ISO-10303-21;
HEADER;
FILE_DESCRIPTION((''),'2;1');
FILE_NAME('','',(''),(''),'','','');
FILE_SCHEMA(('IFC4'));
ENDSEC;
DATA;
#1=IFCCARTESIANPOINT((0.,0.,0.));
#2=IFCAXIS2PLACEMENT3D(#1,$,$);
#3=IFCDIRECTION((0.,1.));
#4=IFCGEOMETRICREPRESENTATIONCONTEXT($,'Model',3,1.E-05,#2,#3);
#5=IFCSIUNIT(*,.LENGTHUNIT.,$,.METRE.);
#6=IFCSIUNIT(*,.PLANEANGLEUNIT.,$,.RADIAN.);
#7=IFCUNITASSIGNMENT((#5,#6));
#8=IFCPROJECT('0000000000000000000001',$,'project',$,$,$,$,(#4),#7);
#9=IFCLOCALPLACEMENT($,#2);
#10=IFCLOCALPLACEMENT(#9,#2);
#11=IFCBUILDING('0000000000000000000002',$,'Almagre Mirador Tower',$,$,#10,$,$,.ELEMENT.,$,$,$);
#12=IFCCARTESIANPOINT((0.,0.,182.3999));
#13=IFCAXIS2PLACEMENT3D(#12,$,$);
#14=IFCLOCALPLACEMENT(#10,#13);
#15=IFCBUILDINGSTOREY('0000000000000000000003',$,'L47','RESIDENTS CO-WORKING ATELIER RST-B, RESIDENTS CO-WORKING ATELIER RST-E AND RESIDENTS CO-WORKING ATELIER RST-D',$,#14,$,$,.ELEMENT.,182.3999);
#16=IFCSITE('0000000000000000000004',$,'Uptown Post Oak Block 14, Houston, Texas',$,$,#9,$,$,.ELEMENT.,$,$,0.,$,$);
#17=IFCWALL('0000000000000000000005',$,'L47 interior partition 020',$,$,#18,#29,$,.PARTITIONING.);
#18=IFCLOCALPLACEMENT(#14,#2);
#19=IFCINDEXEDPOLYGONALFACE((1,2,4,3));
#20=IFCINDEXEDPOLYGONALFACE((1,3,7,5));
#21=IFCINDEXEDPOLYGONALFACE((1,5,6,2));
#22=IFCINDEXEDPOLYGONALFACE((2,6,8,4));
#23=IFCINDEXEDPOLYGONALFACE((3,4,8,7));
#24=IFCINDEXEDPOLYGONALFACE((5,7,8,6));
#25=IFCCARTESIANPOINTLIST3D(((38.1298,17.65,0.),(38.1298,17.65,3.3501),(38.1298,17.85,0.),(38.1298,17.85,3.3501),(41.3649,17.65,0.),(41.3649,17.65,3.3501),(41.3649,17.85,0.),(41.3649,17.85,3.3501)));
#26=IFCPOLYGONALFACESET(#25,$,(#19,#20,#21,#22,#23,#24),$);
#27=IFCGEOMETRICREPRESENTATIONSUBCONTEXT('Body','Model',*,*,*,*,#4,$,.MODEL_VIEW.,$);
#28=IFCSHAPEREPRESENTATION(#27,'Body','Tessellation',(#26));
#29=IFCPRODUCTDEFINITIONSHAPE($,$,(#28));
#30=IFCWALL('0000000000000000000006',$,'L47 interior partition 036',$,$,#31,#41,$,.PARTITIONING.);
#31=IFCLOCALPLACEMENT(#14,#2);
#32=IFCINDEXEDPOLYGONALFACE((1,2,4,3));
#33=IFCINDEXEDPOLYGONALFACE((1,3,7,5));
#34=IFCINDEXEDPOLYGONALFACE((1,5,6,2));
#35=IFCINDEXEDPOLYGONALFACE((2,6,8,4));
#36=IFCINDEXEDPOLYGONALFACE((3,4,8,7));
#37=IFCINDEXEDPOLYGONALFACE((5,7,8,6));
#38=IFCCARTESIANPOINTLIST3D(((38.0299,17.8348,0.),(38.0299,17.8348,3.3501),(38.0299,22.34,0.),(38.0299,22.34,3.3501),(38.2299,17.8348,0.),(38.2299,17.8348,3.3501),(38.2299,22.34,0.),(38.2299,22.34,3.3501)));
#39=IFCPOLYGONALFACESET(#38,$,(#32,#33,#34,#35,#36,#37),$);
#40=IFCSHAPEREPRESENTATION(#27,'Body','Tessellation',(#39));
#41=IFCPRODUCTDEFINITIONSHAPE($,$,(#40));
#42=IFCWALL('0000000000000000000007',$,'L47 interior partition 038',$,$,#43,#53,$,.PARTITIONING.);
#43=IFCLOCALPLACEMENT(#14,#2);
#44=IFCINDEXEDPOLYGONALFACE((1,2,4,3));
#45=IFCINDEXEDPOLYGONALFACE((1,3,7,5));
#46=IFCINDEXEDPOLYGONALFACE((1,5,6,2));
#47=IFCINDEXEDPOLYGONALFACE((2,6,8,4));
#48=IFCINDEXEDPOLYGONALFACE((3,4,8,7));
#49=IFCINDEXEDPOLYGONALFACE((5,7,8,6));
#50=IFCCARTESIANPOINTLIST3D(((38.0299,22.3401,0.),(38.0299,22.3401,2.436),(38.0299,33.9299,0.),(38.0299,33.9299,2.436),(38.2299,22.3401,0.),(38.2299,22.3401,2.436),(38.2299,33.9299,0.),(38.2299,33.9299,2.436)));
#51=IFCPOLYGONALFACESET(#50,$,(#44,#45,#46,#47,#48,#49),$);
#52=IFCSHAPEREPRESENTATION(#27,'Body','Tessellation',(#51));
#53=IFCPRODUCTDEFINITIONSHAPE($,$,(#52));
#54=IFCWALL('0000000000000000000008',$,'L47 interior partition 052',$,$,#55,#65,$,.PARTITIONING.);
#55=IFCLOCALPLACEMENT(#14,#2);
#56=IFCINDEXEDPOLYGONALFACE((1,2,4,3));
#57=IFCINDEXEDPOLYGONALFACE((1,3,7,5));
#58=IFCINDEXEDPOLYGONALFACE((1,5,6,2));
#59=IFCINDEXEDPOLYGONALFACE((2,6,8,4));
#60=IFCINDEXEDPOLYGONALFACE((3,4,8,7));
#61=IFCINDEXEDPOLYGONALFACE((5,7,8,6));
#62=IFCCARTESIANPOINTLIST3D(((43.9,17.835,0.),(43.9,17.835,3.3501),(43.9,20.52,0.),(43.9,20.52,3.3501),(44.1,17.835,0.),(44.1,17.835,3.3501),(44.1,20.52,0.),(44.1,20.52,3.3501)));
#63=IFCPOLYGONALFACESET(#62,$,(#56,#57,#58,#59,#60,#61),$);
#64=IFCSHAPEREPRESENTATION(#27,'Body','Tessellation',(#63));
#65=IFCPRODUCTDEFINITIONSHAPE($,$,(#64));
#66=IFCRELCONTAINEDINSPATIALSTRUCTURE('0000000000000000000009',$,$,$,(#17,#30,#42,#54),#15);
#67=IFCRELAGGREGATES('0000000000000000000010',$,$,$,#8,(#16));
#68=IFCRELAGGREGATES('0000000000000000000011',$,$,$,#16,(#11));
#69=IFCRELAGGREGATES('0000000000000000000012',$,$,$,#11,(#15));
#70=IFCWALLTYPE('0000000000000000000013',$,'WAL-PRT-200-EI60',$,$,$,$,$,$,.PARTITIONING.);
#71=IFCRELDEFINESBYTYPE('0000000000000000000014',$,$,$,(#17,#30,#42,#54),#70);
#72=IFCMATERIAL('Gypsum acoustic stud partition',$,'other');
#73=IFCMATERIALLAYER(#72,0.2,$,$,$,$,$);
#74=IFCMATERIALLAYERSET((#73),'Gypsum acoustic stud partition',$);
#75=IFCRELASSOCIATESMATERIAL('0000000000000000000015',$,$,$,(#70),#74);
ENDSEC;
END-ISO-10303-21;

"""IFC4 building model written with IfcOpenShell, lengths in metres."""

from ifc_helpers import new_model, si_unit, direction, frame, frame_2d, origin, place, context, subcontext, project, spatial, rectangle, extrude, material, layer, layer_set, type_object, element, save


model = new_model("IFC4")

# Units and contexts
model_context = context("Model", 3, precision=1e-05, world=origin(), true_north=direction((0.0, 1.0)))
body_context = subcontext(model_context, "Body", "Model", "MODEL_VIEW")
ifc_project = project(units=[si_unit("LENGTHUNIT", "METRE"), si_unit("PLANEANGLEUNIT", "RADIAN")], contexts=[model_context])

# Site, building, storey
site_placement = place(None, origin())
site = spatial("IfcSite", under=ifc_project, at=site_placement, Name="Uptown Post Oak Block 14, Houston, Texas", CompositionType="ELEMENT", RefElevation=0.0)
building_placement = place(site_placement, origin())
building = spatial("IfcBuilding", under=site, at=building_placement, Name="Almagre Mirador Tower", CompositionType="ELEMENT")
storey_placement = place(building_placement, frame((0.0, 0.0, 182.3999)))
storey = spatial("IfcBuildingStorey", under=building, at=storey_placement, Name="L47", Description="RESIDENTS CO-WORKING ATELIER RST-B, RESIDENTS CO-WORKING ATELIER RST-E AND RESIDENTS CO-WORKING ATELIER RST-D", CompositionType="ELEMENT", Elevation=182.3999)

# Shared definitions
ifc_material_1 = material(Name="Gypsum acoustic stud partition", Category="other")
ifc_layer_1 = layer(ifc_material_1, 0.2)
ifc_layer_set_1 = layer_set([ifc_layer_1], Name="Gypsum acoustic stud partition")
wall_type_1 = type_object("IfcWallType", Name="WAL-PRT-200-EI60", PredefinedType="PARTITIONING", material=ifc_layer_set_1)

# Walls
wall_1_placement = place(storey_placement, frame((41.365, 17.75, 0.0), z_axis=(0.0, 0.0, 1.0), x_axis=(-1.0, 0.0, 0.0)))
element("IfcWall", 1, at=wall_1_placement, inside=storey, type_object=wall_type_1, Name="L47 interior partition 020", PredefinedType="PARTITIONING", context=body_context, shape_type="SweptSolid", body=[
    extrude(rectangle(XDim=3.2351, YDim=0.2, at=frame_2d((1.6177, 0.0))), origin(), (0.0, 0.0, 1.0), 3.3501),
])
wall_2_placement = place(storey_placement, frame((38.1299, 17.835, 0.0), z_axis=(0.0, 0.0, 1.0), x_axis=(0.0, 1.0, 0.0)))
element("IfcWall", 2, at=wall_2_placement, inside=storey, type_object=wall_type_1, Name="L47 interior partition 036", PredefinedType="PARTITIONING", context=body_context, shape_type="SweptSolid", body=[
    extrude(rectangle(XDim=4.5051, YDim=0.2, at=frame_2d((2.2524, 0.0))), origin(), (0.0, 0.0, 1.0), 3.3501),
])
wall_3_placement = place(storey_placement, frame((38.1299, 22.3401, 0.0), z_axis=(0.0, 0.0, 1.0), x_axis=(0.0, 1.0, 0.0)))
element("IfcWall", 3, at=wall_3_placement, inside=storey, type_object=wall_type_1, Name="L47 interior partition 038", PredefinedType="PARTITIONING", context=body_context, shape_type="SweptSolid", body=[
    extrude(rectangle(XDim=11.5898, YDim=0.2, at=frame_2d((5.7949, 0.0))), origin(), (0.0, 0.0, 1.0), 2.436),
])
wall_4_placement = place(storey_placement, frame((44.0, 17.835, 0.0), z_axis=(0.0, 0.0, 1.0), x_axis=(0.0, 1.0, 0.0)))
element("IfcWall", 4, at=wall_4_placement, inside=storey, type_object=wall_type_1, Name="L47 interior partition 052", PredefinedType="PARTITIONING", context=body_context, shape_type="SweptSolid", body=[
    extrude(rectangle(XDim=2.6851, YDim=0.2, at=frame_2d((1.3425, 0.0))), origin(), (0.0, 0.0, 1.0), 3.3501),
])

save(model, "model.ifc")
